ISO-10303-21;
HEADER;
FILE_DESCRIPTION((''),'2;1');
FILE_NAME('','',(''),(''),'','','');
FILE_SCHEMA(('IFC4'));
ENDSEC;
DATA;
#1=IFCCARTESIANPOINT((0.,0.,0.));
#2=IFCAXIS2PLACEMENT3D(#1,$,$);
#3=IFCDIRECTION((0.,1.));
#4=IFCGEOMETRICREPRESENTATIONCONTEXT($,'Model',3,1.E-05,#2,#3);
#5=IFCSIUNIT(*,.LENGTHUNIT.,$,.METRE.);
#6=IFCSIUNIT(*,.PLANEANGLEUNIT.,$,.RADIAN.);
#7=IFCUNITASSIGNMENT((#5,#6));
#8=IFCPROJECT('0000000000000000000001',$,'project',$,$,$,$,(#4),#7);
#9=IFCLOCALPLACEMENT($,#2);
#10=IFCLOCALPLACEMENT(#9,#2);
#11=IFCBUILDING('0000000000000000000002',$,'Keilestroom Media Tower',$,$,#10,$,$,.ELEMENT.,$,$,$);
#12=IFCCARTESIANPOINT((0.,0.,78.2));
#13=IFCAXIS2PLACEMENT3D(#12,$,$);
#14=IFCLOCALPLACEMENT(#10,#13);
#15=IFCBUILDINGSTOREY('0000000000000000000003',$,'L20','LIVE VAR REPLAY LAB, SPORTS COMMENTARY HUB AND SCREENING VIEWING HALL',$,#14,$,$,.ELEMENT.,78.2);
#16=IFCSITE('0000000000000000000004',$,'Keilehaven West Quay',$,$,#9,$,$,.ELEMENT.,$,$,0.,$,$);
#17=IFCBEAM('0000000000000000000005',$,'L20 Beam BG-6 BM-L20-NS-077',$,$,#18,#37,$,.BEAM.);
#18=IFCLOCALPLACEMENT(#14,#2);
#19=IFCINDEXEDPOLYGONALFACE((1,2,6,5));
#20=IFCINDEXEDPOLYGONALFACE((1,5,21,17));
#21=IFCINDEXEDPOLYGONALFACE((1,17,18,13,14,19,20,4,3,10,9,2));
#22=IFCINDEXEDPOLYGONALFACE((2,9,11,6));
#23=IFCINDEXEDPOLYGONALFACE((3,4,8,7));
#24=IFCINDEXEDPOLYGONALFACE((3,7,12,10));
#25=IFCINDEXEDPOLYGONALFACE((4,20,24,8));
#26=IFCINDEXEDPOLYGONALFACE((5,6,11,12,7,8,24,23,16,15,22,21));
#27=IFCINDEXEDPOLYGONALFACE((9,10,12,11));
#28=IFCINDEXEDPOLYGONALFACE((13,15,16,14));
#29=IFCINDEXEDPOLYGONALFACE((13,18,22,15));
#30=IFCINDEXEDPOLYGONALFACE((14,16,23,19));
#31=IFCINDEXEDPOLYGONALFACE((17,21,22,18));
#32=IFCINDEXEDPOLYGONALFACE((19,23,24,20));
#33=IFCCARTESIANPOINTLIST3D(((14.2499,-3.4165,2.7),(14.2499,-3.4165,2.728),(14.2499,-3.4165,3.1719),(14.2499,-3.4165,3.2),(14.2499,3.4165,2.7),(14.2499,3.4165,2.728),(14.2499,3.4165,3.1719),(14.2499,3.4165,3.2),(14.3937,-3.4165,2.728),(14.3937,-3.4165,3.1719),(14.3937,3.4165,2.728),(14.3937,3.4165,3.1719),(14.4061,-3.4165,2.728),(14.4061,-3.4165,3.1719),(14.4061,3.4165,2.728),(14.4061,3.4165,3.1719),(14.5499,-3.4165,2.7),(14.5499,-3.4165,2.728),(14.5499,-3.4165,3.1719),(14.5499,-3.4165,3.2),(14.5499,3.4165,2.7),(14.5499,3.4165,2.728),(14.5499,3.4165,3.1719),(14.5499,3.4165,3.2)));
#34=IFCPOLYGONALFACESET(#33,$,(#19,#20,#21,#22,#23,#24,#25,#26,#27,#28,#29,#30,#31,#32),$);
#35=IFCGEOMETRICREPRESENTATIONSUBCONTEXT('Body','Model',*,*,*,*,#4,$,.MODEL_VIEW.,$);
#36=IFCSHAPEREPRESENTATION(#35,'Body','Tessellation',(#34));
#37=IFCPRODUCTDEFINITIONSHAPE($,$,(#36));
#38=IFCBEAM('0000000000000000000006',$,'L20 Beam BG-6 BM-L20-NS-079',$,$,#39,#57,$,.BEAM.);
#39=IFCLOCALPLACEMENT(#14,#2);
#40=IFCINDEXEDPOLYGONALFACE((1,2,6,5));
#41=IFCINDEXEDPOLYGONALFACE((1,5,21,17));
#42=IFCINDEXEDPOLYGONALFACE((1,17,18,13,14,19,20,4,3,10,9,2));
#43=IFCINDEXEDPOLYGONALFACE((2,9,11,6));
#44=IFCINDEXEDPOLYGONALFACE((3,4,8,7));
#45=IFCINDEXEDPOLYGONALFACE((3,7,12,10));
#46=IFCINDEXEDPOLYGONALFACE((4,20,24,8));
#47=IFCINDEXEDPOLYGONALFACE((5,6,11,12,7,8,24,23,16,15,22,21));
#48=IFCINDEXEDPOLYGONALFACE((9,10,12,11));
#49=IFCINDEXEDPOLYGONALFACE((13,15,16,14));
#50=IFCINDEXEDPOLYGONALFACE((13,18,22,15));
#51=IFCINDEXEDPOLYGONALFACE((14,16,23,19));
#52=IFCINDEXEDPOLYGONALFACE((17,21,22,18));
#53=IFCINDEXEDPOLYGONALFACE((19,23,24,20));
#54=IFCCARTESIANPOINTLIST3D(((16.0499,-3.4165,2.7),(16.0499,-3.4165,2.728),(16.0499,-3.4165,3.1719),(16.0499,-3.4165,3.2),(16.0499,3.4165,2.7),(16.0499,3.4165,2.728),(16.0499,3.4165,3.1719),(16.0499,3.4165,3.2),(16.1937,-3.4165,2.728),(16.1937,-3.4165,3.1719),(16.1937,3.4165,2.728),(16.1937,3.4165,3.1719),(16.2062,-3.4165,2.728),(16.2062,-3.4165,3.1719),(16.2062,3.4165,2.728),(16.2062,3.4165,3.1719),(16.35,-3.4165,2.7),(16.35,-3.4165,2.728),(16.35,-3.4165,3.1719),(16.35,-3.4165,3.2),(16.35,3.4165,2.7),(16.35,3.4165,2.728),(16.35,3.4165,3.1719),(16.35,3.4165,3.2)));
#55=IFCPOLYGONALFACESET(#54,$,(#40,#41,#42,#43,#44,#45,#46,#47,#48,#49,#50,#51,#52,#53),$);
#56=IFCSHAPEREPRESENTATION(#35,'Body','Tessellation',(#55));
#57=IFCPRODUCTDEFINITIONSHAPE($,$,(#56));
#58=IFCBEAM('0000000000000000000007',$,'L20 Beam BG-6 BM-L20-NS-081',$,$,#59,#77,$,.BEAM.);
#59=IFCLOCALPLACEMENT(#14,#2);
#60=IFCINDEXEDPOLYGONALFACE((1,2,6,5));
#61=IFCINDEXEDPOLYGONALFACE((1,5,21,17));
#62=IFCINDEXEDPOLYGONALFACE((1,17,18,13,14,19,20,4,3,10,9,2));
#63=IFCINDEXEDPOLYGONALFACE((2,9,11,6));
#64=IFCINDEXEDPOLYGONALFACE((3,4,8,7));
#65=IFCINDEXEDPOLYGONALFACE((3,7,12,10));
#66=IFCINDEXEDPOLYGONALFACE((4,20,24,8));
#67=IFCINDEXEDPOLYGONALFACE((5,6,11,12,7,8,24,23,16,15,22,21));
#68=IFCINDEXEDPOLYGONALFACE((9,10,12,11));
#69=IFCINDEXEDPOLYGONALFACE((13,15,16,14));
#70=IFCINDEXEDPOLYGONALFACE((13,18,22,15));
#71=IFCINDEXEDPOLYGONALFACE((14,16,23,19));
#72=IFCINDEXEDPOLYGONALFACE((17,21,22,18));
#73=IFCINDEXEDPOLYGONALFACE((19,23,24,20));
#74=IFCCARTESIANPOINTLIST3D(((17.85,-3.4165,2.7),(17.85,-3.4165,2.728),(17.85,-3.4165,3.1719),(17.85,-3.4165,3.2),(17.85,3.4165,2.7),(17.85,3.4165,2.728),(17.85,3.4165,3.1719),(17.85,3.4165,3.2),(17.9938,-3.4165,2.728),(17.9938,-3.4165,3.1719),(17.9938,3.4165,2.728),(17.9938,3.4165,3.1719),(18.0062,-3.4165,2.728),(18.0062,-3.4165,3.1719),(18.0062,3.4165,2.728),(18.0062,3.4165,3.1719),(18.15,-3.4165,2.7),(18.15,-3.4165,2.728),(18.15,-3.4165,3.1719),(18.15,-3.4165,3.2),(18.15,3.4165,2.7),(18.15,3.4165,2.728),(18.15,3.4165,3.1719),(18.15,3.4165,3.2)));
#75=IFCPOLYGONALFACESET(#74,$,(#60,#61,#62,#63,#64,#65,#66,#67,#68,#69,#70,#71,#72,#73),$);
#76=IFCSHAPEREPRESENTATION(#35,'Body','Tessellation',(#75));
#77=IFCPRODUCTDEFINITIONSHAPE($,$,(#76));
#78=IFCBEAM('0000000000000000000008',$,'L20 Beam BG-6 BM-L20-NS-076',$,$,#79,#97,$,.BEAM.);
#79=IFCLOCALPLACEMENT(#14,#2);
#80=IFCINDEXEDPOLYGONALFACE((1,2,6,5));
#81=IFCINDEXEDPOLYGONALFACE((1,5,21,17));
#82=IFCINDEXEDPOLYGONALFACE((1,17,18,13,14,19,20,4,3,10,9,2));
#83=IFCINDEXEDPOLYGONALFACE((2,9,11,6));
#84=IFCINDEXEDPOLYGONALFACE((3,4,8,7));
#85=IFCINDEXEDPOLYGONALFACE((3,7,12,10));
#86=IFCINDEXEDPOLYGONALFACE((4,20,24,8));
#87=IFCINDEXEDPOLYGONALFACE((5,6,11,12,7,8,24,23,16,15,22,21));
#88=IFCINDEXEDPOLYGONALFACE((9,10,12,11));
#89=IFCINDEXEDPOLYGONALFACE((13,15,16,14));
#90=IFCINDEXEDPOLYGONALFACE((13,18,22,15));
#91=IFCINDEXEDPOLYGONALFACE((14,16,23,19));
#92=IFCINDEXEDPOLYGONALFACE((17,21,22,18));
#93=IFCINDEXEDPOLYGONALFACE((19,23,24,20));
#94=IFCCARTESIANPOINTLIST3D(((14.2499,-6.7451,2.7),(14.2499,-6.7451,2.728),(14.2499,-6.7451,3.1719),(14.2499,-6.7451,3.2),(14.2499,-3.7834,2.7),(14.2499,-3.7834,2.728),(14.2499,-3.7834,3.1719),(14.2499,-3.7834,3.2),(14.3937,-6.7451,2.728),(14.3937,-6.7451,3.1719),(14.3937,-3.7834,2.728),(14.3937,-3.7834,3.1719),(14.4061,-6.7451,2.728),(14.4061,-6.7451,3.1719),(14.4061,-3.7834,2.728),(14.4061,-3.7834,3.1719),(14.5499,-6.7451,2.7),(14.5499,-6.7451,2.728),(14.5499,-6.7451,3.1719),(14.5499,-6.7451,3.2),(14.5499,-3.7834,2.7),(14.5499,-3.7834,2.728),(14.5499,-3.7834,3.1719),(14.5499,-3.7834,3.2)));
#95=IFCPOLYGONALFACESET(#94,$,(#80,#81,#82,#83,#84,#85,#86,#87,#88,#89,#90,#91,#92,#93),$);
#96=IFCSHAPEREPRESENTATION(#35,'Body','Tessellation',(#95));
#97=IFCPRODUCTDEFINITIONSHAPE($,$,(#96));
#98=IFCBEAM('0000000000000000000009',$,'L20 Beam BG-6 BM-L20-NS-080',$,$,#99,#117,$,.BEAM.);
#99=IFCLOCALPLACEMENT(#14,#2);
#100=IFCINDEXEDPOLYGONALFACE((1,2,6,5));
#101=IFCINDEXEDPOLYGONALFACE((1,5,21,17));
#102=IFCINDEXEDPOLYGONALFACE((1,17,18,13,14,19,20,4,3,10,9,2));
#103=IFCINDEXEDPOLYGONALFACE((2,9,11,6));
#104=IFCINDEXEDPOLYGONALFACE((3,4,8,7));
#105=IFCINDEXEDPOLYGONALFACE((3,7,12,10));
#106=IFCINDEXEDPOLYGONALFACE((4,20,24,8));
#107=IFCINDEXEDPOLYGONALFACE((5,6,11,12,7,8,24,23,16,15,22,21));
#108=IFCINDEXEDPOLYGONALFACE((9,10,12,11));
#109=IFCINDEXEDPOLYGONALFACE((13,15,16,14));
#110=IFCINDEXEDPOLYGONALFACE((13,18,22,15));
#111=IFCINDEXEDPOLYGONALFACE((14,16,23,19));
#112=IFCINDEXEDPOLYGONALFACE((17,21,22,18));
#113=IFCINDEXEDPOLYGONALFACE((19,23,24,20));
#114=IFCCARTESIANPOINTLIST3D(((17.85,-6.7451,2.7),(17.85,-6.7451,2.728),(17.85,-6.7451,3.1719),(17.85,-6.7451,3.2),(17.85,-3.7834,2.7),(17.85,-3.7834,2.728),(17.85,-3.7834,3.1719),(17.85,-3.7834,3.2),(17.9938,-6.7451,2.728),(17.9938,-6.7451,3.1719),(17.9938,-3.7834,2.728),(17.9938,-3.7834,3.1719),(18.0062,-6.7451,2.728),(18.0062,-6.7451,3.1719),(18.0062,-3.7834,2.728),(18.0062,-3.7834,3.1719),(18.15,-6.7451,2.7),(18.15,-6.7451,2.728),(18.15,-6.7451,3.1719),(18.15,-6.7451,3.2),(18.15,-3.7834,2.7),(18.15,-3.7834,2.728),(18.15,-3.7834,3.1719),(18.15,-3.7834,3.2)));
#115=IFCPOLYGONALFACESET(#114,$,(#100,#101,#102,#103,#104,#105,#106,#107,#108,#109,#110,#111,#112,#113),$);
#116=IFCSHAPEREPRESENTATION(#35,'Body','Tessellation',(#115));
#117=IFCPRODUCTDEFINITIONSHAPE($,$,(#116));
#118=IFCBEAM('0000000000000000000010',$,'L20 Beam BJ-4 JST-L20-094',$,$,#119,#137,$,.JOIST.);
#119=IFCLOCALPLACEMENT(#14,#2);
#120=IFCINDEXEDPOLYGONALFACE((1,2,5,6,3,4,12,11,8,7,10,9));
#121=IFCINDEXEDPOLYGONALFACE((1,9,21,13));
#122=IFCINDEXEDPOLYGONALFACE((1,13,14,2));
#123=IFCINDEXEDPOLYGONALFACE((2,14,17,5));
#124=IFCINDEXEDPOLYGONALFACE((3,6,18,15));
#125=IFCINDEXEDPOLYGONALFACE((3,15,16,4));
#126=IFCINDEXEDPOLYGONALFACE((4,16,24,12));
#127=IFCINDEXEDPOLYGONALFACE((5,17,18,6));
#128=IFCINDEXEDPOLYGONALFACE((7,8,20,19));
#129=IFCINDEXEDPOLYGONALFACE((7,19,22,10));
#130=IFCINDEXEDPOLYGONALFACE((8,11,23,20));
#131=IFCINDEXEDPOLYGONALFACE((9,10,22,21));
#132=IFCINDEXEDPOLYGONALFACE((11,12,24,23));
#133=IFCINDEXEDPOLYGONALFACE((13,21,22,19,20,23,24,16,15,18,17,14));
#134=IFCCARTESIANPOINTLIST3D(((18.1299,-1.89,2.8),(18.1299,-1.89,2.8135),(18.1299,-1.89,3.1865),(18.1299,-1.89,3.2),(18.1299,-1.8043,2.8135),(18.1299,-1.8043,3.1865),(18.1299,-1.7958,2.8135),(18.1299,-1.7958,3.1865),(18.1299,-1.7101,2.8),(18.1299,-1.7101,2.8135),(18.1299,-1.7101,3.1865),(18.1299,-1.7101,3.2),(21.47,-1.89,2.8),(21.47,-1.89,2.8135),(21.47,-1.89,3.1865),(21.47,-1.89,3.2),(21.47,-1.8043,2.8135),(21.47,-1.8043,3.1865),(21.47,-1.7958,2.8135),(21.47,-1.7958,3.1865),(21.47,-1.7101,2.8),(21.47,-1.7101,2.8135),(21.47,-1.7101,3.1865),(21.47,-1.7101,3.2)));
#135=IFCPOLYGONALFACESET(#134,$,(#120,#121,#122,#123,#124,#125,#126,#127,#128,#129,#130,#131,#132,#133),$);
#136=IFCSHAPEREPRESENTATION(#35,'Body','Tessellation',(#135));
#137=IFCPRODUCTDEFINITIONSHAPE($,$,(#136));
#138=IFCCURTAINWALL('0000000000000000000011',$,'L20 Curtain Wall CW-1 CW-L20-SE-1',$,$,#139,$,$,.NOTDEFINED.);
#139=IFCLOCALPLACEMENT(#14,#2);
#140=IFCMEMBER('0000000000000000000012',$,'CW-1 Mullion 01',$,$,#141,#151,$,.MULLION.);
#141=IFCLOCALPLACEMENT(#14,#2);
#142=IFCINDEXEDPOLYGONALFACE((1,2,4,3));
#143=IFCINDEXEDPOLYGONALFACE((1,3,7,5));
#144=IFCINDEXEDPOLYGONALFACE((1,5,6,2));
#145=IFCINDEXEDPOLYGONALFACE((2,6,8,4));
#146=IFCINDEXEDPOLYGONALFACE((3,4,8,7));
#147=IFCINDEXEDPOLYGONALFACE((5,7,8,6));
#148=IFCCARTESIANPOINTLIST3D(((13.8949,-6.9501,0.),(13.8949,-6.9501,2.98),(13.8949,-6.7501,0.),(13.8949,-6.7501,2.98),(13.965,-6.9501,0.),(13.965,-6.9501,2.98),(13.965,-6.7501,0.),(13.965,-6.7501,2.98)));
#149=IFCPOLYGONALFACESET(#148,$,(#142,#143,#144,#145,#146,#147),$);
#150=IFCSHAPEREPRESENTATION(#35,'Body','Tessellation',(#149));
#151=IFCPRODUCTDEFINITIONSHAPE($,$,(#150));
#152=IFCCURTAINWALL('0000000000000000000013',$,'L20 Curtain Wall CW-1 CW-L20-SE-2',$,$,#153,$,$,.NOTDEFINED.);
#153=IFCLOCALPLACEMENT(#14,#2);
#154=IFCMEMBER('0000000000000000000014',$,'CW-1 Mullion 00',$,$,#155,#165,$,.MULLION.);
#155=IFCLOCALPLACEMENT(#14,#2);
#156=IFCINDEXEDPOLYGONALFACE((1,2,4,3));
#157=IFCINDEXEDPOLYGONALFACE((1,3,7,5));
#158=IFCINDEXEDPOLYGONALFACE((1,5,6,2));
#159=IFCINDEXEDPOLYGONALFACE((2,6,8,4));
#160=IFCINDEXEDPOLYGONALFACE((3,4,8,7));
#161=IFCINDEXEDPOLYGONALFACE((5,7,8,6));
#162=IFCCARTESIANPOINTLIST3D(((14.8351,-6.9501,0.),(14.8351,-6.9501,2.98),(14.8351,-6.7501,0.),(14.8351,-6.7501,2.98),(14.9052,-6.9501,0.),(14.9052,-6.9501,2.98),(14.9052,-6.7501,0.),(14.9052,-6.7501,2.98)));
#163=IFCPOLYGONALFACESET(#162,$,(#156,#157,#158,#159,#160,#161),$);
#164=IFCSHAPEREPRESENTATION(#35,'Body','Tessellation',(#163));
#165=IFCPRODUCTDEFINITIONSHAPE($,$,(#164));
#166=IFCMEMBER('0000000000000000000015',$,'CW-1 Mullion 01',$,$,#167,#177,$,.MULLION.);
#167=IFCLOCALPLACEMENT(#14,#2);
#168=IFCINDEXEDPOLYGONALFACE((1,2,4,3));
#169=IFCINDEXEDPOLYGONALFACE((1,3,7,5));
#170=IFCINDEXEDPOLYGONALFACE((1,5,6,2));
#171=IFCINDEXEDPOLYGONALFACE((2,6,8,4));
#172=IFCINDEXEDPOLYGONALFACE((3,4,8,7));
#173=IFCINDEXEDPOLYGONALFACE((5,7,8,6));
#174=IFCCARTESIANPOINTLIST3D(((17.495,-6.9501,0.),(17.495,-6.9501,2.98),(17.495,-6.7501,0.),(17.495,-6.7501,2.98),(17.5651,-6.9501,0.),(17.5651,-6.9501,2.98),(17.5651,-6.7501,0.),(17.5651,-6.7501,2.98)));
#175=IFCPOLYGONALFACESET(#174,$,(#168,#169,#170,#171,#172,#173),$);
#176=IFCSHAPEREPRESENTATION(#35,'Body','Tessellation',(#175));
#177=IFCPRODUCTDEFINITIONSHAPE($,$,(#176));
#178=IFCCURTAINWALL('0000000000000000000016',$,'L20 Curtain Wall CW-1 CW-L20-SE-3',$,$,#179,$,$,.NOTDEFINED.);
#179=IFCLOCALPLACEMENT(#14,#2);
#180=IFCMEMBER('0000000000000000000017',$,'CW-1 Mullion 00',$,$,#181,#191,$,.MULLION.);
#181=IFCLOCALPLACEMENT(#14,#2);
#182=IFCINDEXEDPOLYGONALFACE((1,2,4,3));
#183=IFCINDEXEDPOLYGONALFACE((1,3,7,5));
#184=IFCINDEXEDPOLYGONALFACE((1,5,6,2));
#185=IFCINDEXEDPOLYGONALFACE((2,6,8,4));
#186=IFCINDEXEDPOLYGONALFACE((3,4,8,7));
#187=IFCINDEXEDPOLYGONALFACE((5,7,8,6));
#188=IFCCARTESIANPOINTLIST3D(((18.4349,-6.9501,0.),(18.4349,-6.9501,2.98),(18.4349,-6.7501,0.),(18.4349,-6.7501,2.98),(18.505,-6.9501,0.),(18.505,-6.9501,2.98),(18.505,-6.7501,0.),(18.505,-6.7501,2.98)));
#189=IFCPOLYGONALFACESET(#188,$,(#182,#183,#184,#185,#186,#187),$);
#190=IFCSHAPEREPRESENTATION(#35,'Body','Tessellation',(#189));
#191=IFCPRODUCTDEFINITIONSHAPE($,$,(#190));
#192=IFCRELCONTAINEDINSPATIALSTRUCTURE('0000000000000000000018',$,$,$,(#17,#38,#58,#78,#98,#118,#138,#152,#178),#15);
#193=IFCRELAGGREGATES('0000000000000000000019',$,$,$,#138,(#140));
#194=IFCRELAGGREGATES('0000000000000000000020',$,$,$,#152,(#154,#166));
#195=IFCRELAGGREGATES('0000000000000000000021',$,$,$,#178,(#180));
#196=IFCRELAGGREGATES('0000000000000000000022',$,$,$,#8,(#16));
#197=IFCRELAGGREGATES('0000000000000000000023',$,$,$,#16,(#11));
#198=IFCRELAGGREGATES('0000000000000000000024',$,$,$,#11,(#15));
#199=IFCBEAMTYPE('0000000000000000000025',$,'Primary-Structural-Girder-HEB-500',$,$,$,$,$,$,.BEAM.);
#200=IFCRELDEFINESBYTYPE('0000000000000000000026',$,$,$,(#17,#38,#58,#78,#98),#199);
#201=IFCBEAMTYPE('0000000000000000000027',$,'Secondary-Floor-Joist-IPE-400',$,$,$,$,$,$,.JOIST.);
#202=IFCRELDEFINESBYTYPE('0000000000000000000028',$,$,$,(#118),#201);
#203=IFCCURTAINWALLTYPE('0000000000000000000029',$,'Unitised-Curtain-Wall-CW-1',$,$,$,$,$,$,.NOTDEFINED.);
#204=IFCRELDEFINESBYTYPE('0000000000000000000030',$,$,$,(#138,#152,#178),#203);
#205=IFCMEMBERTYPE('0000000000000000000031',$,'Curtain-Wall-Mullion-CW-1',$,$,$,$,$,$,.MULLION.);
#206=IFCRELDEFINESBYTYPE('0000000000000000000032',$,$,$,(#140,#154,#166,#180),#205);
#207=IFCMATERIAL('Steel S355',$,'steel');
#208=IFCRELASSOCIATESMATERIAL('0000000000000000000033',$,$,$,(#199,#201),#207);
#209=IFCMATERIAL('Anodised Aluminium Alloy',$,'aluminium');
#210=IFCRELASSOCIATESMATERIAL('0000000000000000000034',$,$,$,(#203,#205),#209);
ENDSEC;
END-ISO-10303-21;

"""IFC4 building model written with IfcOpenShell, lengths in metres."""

from ifc_helpers import new_model, si_unit, direction, frame, origin, origin_2d, place, context, subcontext, project, spatial, rectangle, i_section, extrude, source, transform, mapped, material, material_profile, profile_set, type_object, element, aggregate, save


model = new_model("IFC4")

# Units and contexts
model_context = context("Model", 3, precision=1e-05, world=origin(), true_north=direction((0.0, 1.0)))
body_context = subcontext(model_context, "Body", "Model", "MODEL_VIEW")
ifc_project = project(units=[si_unit("LENGTHUNIT", "METRE"), si_unit("PLANEANGLEUNIT", "RADIAN")], contexts=[model_context])

# Site, building, storey
site_placement = place(None, origin())
site = spatial("IfcSite", under=ifc_project, at=site_placement, Name="Keilehaven West Quay", CompositionType="ELEMENT", RefElevation=0.0)
building_placement = place(site_placement, origin())
building = spatial("IfcBuilding", under=site, at=building_placement, Name="Keilestroom Media Tower", CompositionType="ELEMENT")
storey_placement = place(building_placement, frame((0.0, 0.0, 78.2)))
storey = spatial("IfcBuildingStorey", under=building, at=storey_placement, Name="L20", Description="LIVE VAR REPLAY LAB, SPORTS COMMENTARY HUB AND SCREENING VIEWING HALL", CompositionType="ELEMENT", Elevation=78.2)

# Beams
ifc_material_1 = material(Name="Steel S355", Category="steel")
ifc_material_profile_1 = material_profile(ifc_material_1, i_section(OverallWidth=0.3, OverallDepth=0.5, WebThickness=0.0125, FlangeThickness=0.0281, at=origin_2d()), Name="HEB 500")
ifc_profile_set_1 = profile_set([ifc_material_profile_1], Name="Steel S355")
beam_type_1 = type_object("IfcBeamType", Name="Primary-Structural-Girder-HEB-500", PredefinedType="BEAM", material=ifc_profile_set_1)
shared_shape_1 = source(origin(), body_context, "Body", "SweptSolid", [
    extrude(i_section(OverallWidth=0.3, OverallDepth=0.5, WebThickness=0.0125, FlangeThickness=0.0281, at=origin_2d()), origin(), (0.0, 0.0, 1.0), 6.833),
])
for number, where, z_axis, x_axis, name in (
    (1, (14.3999, -3.4165, 2.95), (0.0, 1.0, 0.0), (-1.0, 0.0, 0.0), "L20 Beam BG-6 BM-L20-NS-077"),
    (2, (16.2, -3.4165, 2.95), (0.0, 1.0, 0.0), (-1.0, 0.0, 0.0), "L20 Beam BG-6 BM-L20-NS-079"),
    (3, (18.0, -3.4165, 2.95), (0.0, 1.0, 0.0), (-1.0, 0.0, 0.0), "L20 Beam BG-6 BM-L20-NS-081"),
):
    element("IfcBeam", number, at=place(storey_placement, frame(where, z_axis=z_axis, x_axis=x_axis)), inside=storey, type_object=beam_type_1, Name=name, PredefinedType="BEAM", context=body_context, shape_type="MappedRepresentation", body=[
        mapped(shared_shape_1, transform((0.0, 0.0, 0.0), x_axis=(1.0, 0.0, 0.0), y_axis=(0.0, 1.0, 0.0), z_axis=(0.0, 0.0, 1.0), scale=1.0)),
    ])
shared_shape_2 = source(origin(), body_context, "Body", "SweptSolid", [
    extrude(i_section(OverallWidth=0.3, OverallDepth=0.5, WebThickness=0.0125, FlangeThickness=0.0281, at=origin_2d()), origin(), (0.0, 0.0, 1.0), 2.9617),
])
for number, where, z_axis, x_axis, name in (
    (4, (14.3999, -6.7451, 2.95), (0.0, 1.0, 0.0), (-1.0, 0.0, 0.0), "L20 Beam BG-6 BM-L20-NS-076"),
    (5, (18.0, -6.7451, 2.95), (0.0, 1.0, 0.0), (-1.0, 0.0, 0.0), "L20 Beam BG-6 BM-L20-NS-080"),
):
    element("IfcBeam", number, at=place(storey_placement, frame(where, z_axis=z_axis, x_axis=x_axis)), inside=storey, type_object=beam_type_1, Name=name, PredefinedType="BEAM", context=body_context, shape_type="MappedRepresentation", body=[
        mapped(shared_shape_2, transform((0.0, 0.0, 0.0), x_axis=(1.0, 0.0, 0.0), y_axis=(0.0, 1.0, 0.0), z_axis=(0.0, 0.0, 1.0), scale=1.0)),
    ])
ifc_material_profile_2 = material_profile(ifc_material_1, i_section(OverallWidth=0.1799, OverallDepth=0.3999, WebThickness=0.0085, FlangeThickness=0.0134, at=origin_2d()), Name="IPE 400")
ifc_profile_set_2 = profile_set([ifc_material_profile_2], Name="Steel S355")
beam_type_2 = type_object("IfcBeamType", Name="Secondary-Floor-Joist-IPE-400", PredefinedType="JOIST", material=ifc_profile_set_2)
shared_shape_3 = source(origin(), body_context, "Body", "SweptSolid", [
    extrude(i_section(OverallWidth=0.1799, OverallDepth=0.3999, WebThickness=0.0085, FlangeThickness=0.0134, at=origin_2d()), origin(), (0.0, 0.0, 1.0), 3.3401),
])
beam_1_placement = place(storey_placement, frame((18.1299, -1.8, 3.0), z_axis=(1.0, 0.0, 0.0), x_axis=(0.0, 1.0, 0.0)))
element("IfcBeam", 6, at=beam_1_placement, inside=storey, type_object=beam_type_2, Name="L20 Beam BJ-4 JST-L20-094", PredefinedType="JOIST", context=body_context, shape_type="MappedRepresentation", body=[
    mapped(shared_shape_3, transform((0.0, 0.0, 0.0), x_axis=(1.0, 0.0, 0.0), y_axis=(0.0, 1.0, 0.0), z_axis=(0.0, 0.0, 1.0), scale=1.0)),
])

# Curtain wall, member
ifc_material_2 = material(Name="Anodised Aluminium Alloy", Category="aluminium")
curtain_wall_type = type_object("IfcCurtainWallType", Name="Unitised-Curtain-Wall-CW-1", PredefinedType="NOTDEFINED", material=ifc_material_2)
curtain_wall_1_placement = place(storey_placement, origin())
curtain_wall_1 = element("IfcCurtainWall", 7, at=curtain_wall_1_placement, inside=storey, type_object=curtain_wall_type, Name="L20 Curtain Wall CW-1 CW-L20-SE-1", PredefinedType="NOTDEFINED")
ifc_material_profile_3 = material_profile(ifc_material_2, rectangle(XDim=0.0701, YDim=0.2, at=origin_2d()), Name="ALU MULLION 70x200")
ifc_profile_set_3 = profile_set([ifc_material_profile_3], Name="Anodised Aluminium Alloy")
member_type_1 = type_object("IfcMemberType", Name="Curtain-Wall-Mullion-CW-1", PredefinedType="MULLION", material=ifc_profile_set_3)
shared_shape_4 = source(origin(), body_context, "Body", "SweptSolid", [
    extrude(rectangle(XDim=0.0701, YDim=0.2, at=origin_2d()), origin(), (0.0, 0.0, 1.0), 2.98),
])
member_1_placement = place(storey_placement, frame((13.9299, -6.8501, 0.0), z_axis=(0.0, 0.0, 1.0), x_axis=(1.0, 0.0, 0.0)))
member_1 = element("IfcMember", 8, at=member_1_placement, type_object=member_type_1, Name="CW-1 Mullion 01", PredefinedType="MULLION", context=body_context, shape_type="MappedRepresentation", body=[
    mapped(shared_shape_4, transform((0.0, 0.0, 0.0), x_axis=(1.0, 0.0, 0.0), y_axis=(0.0, 1.0, 0.0), z_axis=(0.0, 0.0, 1.0), scale=1.0)),
])
aggregate(curtain_wall_1, [member_1])

# Curtain walls, members
curtain_wall_2_placement = place(storey_placement, origin())
curtain_wall_2 = element("IfcCurtainWall", 9, at=curtain_wall_2_placement, inside=storey, type_object=curtain_wall_type, Name="L20 Curtain Wall CW-1 CW-L20-SE-2", PredefinedType="NOTDEFINED")
member_2_placement = place(storey_placement, frame((14.8701, -6.8501, 0.0), z_axis=(0.0, 0.0, 1.0), x_axis=(1.0, 0.0, 0.0)))
member_2 = element("IfcMember", 10, at=member_2_placement, type_object=member_type_1, Name="CW-1 Mullion 00", PredefinedType="MULLION", context=body_context, shape_type="MappedRepresentation", body=[
    mapped(shared_shape_4, transform((0.0, 0.0, 0.0), x_axis=(1.0, 0.0, 0.0), y_axis=(0.0, 1.0, 0.0), z_axis=(0.0, 0.0, 1.0), scale=1.0)),
])
member_3_placement = place(storey_placement, frame((17.53, -6.8501, 0.0), z_axis=(0.0, 0.0, 1.0), x_axis=(1.0, 0.0, 0.0)))
member_3 = element("IfcMember", 11, at=member_3_placement, type_object=member_type_1, Name="CW-1 Mullion 01", PredefinedType="MULLION", context=body_context, shape_type="MappedRepresentation", body=[
    mapped(shared_shape_4, transform((0.0, 0.0, 0.0), x_axis=(1.0, 0.0, 0.0), y_axis=(0.0, 1.0, 0.0), z_axis=(0.0, 0.0, 1.0), scale=1.0)),
])
curtain_wall_3_placement = place(storey_placement, origin())
curtain_wall_3 = element("IfcCurtainWall", 12, at=curtain_wall_3_placement, inside=storey, type_object=curtain_wall_type, Name="L20 Curtain Wall CW-1 CW-L20-SE-3", PredefinedType="NOTDEFINED")
member_4_placement = place(storey_placement, frame((18.47, -6.8501, 0.0), z_axis=(0.0, 0.0, 1.0), x_axis=(1.0, 0.0, 0.0)))
member_4 = element("IfcMember", 13, at=member_4_placement, type_object=member_type_1, Name="CW-1 Mullion 00", PredefinedType="MULLION", context=body_context, shape_type="MappedRepresentation", body=[
    mapped(shared_shape_4, transform((0.0, 0.0, 0.0), x_axis=(1.0, 0.0, 0.0), y_axis=(0.0, 1.0, 0.0), z_axis=(0.0, 0.0, 1.0), scale=1.0)),
])

aggregate(curtain_wall_2, [member_2, member_3])
aggregate(curtain_wall_3, [member_4])

save(model, "model.ifc")
